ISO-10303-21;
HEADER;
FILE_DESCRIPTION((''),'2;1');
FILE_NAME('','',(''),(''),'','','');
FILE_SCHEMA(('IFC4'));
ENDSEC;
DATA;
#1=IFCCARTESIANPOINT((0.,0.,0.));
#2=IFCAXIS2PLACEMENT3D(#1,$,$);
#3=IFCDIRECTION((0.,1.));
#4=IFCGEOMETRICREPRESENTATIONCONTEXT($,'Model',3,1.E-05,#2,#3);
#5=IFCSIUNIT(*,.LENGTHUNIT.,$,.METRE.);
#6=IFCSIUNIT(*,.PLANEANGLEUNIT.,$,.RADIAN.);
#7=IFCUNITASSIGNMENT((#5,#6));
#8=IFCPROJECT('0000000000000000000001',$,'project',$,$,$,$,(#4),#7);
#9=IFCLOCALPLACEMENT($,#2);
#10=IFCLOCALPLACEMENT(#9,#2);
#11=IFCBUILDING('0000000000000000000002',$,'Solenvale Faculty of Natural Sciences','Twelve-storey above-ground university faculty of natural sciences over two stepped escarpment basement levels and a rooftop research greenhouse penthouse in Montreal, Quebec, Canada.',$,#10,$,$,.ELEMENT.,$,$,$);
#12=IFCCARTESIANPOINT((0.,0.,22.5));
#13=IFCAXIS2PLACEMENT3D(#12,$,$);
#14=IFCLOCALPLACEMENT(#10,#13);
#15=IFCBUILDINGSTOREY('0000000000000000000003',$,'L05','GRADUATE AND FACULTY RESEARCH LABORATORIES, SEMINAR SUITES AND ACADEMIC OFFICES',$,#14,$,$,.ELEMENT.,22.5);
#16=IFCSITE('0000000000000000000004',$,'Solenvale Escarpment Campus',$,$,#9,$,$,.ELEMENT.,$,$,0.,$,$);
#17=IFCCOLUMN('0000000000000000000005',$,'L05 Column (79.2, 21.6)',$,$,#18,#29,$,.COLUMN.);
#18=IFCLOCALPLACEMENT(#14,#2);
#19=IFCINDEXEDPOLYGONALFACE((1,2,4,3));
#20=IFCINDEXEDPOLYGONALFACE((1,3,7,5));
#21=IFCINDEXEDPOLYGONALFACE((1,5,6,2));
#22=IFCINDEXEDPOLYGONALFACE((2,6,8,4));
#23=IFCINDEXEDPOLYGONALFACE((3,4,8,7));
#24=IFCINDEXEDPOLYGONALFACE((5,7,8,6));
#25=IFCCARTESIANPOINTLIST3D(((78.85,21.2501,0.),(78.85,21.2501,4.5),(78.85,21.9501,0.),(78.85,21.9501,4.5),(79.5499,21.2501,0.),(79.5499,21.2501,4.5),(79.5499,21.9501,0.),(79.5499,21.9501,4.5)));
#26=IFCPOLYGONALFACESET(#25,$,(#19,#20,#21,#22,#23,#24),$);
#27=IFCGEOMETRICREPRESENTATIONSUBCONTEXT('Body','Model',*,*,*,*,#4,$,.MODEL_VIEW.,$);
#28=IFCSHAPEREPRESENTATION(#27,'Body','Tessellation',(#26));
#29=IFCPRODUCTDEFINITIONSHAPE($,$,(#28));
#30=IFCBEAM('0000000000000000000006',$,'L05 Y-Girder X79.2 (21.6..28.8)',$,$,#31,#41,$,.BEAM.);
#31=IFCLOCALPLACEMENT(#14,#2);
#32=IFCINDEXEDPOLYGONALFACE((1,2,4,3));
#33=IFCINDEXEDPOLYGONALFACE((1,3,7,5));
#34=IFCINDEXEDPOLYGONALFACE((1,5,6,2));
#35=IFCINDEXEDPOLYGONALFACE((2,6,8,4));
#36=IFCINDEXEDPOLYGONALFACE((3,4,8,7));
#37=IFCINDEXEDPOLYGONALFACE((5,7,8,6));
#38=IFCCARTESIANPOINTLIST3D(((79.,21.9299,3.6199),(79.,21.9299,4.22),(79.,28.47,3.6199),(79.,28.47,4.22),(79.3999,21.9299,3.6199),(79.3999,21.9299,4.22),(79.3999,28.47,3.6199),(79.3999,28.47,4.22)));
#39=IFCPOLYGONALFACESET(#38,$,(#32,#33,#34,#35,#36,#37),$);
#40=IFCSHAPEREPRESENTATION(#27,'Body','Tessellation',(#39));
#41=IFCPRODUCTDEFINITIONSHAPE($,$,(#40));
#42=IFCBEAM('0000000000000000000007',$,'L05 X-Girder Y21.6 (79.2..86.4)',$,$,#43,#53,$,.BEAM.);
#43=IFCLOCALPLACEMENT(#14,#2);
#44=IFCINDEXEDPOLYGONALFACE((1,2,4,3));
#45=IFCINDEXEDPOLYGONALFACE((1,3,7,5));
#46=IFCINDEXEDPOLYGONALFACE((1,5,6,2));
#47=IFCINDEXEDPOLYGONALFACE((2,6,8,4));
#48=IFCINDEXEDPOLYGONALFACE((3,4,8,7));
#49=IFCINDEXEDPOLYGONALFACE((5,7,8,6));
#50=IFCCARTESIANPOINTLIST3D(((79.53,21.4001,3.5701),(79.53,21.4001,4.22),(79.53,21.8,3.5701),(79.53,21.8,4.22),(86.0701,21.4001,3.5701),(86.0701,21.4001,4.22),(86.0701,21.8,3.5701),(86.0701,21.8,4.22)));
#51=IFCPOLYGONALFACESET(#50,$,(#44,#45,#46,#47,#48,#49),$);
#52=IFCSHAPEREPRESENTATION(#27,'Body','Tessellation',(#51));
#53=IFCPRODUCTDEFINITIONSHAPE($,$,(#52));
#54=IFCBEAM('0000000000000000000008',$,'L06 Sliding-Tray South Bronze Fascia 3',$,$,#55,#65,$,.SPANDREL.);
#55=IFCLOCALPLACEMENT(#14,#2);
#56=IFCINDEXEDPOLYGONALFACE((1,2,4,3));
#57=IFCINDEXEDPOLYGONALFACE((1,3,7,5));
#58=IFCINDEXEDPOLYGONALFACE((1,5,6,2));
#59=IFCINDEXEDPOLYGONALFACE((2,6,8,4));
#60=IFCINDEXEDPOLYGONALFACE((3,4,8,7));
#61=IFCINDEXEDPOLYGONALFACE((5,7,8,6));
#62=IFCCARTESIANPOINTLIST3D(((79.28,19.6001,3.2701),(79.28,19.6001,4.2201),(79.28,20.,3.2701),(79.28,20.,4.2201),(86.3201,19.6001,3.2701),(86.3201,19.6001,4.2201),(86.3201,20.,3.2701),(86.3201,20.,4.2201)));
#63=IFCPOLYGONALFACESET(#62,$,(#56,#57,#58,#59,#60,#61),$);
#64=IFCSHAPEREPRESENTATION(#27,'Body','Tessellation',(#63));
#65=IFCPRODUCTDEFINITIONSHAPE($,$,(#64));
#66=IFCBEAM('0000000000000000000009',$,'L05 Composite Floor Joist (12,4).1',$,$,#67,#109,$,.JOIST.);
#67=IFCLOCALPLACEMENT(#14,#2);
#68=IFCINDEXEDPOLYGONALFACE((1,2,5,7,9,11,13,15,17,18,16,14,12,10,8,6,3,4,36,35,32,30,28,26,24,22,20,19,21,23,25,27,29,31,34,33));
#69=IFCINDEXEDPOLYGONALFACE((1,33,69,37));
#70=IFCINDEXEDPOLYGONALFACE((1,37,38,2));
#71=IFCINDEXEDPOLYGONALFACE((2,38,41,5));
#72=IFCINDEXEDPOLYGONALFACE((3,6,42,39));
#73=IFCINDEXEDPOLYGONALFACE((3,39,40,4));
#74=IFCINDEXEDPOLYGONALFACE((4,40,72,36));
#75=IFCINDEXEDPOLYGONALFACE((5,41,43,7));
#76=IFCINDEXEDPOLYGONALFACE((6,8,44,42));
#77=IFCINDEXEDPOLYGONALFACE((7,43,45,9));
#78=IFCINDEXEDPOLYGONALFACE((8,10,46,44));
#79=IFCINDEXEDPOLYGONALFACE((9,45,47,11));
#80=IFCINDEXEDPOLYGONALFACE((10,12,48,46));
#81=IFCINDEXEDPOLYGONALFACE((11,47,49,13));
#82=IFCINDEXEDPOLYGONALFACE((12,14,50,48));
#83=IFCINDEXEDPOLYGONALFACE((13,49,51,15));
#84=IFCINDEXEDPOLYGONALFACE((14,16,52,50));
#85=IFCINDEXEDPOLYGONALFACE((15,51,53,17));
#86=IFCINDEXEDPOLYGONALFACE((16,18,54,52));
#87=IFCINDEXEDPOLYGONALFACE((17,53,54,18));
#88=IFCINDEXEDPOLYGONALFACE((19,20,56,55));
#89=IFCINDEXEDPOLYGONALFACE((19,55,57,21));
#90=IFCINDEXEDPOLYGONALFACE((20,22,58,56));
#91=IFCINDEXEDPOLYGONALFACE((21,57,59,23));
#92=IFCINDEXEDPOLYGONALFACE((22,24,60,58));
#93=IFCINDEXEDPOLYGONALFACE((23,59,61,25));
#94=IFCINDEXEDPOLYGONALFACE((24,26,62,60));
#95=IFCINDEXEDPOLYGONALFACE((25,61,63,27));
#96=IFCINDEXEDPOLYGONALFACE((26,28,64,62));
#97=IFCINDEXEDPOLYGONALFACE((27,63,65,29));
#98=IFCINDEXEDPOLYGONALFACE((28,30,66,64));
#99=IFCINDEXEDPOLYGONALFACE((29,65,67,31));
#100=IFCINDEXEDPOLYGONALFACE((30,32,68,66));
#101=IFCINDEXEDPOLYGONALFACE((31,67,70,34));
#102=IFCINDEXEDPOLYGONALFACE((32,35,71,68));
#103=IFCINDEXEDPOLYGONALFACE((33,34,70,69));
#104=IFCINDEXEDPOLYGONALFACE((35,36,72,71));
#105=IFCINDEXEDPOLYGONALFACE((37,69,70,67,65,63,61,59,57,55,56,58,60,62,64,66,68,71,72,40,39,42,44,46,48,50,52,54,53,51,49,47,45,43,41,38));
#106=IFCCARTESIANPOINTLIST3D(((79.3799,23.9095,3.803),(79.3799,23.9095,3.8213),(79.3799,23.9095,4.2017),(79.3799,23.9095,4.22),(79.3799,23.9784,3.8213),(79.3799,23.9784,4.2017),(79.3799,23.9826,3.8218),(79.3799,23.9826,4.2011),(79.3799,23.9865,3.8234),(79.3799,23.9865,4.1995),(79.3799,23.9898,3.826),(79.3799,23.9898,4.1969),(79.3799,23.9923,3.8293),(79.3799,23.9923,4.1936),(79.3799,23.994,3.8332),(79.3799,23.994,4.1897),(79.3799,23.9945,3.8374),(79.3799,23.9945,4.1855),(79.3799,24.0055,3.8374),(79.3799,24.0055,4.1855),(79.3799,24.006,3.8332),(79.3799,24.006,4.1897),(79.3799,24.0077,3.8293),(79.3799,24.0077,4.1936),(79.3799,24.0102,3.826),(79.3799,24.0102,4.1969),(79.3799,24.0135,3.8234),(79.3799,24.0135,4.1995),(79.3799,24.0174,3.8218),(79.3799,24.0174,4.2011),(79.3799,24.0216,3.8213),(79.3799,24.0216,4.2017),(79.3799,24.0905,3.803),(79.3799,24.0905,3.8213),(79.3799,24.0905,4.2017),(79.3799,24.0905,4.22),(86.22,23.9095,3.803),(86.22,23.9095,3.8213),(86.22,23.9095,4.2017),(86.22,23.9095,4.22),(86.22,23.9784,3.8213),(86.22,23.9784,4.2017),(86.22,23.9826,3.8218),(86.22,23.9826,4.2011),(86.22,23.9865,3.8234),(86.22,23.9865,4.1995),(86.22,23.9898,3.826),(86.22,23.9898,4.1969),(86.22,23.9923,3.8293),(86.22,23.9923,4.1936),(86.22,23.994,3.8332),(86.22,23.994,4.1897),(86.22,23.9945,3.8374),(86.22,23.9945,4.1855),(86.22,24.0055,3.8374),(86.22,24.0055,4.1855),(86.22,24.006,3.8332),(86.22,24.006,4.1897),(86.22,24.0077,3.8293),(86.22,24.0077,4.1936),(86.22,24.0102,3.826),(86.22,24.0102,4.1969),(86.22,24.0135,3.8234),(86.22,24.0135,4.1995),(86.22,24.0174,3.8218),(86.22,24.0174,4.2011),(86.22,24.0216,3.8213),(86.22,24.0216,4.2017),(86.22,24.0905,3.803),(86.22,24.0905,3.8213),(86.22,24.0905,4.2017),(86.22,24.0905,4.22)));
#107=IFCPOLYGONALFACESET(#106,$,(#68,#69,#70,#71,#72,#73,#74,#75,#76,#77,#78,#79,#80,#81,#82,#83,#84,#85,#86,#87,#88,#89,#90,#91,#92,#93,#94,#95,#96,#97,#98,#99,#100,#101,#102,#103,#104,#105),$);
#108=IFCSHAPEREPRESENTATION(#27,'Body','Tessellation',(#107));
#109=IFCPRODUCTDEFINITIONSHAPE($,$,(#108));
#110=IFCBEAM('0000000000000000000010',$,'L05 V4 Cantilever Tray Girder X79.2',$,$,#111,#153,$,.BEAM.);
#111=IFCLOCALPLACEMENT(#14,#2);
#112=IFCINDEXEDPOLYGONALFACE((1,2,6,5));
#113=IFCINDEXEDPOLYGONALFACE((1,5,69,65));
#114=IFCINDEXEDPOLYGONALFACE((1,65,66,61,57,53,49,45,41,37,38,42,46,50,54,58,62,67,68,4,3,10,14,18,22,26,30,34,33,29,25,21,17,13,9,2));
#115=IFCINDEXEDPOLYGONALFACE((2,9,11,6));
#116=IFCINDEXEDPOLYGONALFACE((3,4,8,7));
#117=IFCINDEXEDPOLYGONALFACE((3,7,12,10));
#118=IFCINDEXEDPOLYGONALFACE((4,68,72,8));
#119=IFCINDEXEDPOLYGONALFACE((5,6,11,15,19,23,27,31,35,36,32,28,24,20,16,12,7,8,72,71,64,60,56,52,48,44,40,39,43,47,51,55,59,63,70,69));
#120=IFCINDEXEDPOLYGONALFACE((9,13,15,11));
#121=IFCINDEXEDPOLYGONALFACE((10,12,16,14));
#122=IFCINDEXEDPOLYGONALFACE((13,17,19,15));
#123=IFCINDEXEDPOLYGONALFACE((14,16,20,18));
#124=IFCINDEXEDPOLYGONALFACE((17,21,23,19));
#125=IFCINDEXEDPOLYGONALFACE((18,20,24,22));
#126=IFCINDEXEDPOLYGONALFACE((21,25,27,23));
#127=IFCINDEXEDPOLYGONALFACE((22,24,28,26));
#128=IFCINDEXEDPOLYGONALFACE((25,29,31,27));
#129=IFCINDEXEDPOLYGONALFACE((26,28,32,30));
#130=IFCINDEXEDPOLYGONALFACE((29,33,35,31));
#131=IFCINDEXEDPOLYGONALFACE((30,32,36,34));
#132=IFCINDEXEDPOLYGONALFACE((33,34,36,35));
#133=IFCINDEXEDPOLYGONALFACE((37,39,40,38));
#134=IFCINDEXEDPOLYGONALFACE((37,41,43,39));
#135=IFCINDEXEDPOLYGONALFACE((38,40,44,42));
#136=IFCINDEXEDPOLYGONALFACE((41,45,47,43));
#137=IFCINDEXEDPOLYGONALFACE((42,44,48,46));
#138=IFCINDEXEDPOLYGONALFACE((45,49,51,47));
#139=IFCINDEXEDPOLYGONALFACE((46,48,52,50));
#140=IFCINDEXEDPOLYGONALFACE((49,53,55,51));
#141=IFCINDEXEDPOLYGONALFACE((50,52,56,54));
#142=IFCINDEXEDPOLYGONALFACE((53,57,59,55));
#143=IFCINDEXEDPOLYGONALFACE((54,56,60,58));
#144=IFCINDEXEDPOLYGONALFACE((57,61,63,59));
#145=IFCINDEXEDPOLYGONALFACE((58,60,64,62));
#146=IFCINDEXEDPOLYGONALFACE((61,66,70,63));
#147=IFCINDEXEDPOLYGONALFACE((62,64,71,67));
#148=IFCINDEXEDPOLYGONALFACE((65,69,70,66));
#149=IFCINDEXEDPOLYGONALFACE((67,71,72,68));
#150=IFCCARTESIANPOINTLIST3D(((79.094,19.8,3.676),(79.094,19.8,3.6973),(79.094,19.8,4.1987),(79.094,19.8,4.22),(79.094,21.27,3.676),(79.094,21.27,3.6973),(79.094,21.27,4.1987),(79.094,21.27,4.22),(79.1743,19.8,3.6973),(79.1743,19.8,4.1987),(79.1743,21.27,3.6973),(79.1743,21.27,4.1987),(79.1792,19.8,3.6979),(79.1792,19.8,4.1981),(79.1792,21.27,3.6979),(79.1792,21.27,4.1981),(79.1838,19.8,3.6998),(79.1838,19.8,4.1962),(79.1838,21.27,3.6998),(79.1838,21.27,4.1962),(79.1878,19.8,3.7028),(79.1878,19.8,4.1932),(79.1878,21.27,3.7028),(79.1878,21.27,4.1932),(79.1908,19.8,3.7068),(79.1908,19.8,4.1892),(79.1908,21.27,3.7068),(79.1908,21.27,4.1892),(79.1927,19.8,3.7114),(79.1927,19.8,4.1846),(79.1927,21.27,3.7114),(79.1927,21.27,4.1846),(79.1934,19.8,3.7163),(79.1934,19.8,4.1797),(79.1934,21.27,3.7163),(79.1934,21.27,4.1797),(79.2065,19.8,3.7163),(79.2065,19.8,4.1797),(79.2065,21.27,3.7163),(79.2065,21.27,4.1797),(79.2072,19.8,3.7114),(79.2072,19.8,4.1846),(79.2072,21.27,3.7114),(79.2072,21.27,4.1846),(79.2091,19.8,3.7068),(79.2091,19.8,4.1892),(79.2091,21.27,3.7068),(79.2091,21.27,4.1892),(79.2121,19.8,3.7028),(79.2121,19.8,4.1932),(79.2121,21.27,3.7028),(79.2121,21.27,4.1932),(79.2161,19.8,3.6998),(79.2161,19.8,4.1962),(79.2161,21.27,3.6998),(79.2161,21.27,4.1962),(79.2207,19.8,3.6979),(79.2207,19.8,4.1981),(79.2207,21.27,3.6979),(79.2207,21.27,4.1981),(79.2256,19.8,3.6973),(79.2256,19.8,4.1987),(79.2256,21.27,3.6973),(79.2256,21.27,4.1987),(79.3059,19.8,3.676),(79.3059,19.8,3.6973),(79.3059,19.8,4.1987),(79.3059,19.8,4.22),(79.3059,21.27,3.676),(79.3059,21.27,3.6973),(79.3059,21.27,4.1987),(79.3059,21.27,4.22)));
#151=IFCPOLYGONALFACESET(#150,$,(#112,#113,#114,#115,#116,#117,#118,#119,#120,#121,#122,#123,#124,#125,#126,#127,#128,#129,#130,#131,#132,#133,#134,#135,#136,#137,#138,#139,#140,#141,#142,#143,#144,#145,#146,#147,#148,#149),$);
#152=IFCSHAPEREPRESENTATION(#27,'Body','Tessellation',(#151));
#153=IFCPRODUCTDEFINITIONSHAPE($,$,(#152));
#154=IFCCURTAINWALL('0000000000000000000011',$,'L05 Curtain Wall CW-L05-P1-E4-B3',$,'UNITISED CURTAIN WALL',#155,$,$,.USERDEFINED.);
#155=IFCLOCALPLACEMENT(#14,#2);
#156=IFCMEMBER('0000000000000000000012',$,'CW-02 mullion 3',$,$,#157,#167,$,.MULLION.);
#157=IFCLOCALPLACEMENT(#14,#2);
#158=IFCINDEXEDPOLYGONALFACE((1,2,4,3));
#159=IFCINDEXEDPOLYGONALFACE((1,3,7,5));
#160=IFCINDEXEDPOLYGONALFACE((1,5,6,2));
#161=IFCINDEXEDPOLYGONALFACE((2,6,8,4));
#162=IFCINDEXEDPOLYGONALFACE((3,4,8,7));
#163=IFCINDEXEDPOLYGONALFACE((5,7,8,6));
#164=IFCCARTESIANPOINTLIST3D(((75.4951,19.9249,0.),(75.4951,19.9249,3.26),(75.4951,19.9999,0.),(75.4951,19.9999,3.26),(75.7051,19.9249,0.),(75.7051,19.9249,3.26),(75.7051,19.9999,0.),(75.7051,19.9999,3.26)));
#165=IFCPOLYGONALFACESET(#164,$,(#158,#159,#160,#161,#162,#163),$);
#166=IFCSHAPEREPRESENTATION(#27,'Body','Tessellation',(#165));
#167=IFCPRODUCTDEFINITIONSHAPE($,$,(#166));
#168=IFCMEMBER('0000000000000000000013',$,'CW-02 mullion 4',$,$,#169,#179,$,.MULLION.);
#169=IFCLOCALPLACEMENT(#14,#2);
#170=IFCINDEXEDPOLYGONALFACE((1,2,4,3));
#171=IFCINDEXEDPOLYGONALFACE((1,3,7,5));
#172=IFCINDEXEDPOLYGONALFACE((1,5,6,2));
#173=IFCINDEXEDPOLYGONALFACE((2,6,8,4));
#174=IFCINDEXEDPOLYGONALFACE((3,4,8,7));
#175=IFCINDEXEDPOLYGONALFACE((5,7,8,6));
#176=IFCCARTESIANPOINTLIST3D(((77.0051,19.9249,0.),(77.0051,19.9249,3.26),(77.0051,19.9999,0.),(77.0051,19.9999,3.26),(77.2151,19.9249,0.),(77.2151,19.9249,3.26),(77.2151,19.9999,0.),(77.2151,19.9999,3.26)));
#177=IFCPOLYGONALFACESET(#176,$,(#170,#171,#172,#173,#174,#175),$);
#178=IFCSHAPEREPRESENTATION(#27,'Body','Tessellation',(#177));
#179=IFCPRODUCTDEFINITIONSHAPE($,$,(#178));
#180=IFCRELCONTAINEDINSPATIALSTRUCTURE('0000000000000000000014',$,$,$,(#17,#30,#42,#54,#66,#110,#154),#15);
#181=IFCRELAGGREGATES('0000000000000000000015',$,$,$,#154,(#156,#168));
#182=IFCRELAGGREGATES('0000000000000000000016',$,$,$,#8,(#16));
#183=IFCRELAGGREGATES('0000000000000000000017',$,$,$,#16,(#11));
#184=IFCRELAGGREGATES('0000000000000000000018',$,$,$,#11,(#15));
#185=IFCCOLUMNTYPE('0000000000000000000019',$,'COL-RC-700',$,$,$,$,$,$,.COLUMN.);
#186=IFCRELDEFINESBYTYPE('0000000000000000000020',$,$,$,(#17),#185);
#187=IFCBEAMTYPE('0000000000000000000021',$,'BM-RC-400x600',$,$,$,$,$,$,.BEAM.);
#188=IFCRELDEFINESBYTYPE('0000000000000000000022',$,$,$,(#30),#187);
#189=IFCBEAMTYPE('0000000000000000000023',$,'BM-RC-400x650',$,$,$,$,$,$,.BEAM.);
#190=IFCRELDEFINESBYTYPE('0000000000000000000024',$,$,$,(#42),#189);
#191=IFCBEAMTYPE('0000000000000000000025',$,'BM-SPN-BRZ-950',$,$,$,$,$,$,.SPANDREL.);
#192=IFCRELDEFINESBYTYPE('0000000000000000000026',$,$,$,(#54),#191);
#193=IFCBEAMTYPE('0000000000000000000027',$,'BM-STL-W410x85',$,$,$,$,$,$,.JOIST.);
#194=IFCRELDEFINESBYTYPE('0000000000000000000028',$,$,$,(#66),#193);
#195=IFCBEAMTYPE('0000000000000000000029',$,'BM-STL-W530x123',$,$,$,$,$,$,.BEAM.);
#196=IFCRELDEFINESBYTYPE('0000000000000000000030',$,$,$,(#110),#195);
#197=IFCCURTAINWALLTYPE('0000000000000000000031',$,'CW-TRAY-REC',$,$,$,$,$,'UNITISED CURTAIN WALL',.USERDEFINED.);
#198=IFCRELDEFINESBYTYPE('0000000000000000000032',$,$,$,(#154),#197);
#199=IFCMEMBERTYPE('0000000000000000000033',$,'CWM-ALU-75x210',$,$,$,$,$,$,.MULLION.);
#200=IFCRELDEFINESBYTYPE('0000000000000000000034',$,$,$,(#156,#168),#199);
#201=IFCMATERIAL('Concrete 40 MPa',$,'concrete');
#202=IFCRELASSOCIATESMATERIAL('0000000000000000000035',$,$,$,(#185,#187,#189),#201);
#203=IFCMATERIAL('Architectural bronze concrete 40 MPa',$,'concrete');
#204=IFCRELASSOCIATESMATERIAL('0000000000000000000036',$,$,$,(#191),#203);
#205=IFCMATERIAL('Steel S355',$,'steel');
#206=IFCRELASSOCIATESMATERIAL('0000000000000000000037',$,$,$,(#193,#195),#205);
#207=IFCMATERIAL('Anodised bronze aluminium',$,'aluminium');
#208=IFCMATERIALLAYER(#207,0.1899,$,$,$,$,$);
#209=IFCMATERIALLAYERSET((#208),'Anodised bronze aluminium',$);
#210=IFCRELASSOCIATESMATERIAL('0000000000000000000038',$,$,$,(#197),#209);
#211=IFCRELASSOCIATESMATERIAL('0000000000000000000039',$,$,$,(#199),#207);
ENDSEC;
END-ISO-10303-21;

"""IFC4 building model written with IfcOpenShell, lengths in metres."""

from ifc_helpers import new_model, si_unit, direction, frame, origin, origin_2d, place, context, subcontext, project, spatial, rectangle, i_section, extrude, material, layer, layer_set, material_profile, profile_set, type_object, element, aggregate, save


model = new_model("IFC4")

# Units and contexts
model_context = context("Model", 3, precision=1e-05, world=origin(), true_north=direction((0.0, 1.0)))
body_context = subcontext(model_context, "Body", "Model", "MODEL_VIEW")
ifc_project = project(units=[si_unit("LENGTHUNIT", "METRE"), si_unit("PLANEANGLEUNIT", "RADIAN")], contexts=[model_context])

# Site, building, storey
site_placement = place(None, origin())
site = spatial("IfcSite", under=ifc_project, at=site_placement, Name="Solenvale Escarpment Campus", CompositionType="ELEMENT", RefElevation=0.0)
building_placement = place(site_placement, origin())
building = spatial("IfcBuilding", under=site, at=building_placement, Name="Solenvale Faculty of Natural Sciences", Description="Twelve-storey above-ground university faculty of natural sciences over two stepped escarpment basement levels and a rooftop research greenhouse penthouse in Montreal, Quebec, Canada.", CompositionType="ELEMENT")
storey_placement = place(building_placement, frame((0.0, 0.0, 22.5)))
storey = spatial("IfcBuildingStorey", under=building, at=storey_placement, Name="L05", Description="GRADUATE AND FACULTY RESEARCH LABORATORIES, SEMINAR SUITES AND ACADEMIC OFFICES", CompositionType="ELEMENT", Elevation=22.5)

# Column
ifc_material_1 = material(Name="Concrete 40 MPa", Category="concrete")
ifc_material_profile_1 = material_profile(ifc_material_1, rectangle(XDim=0.7, YDim=0.7, at=origin_2d()), Name="RC-COL-700x700")
ifc_profile_set_1 = profile_set([ifc_material_profile_1], Name="Concrete 40 MPa")
column_type = type_object("IfcColumnType", Name="COL-RC-700", PredefinedType="COLUMN", material=ifc_profile_set_1)
column_placement = place(storey_placement, frame((79.2, 21.6001, 0.0), z_axis=(0.0, 0.0, 1.0), x_axis=(1.0, 0.0, 0.0)))
element("IfcColumn", 1, at=column_placement, inside=storey, type_object=column_type, Name="L05 Column (79.2, 21.6)", PredefinedType="COLUMN", context=body_context, shape_type="SweptSolid", body=[
    extrude(rectangle(XDim=0.7, YDim=0.7, at=origin_2d()), origin(), (0.0, 0.0, 1.0), 4.5),
])

# Beams
ifc_material_profile_2 = material_profile(ifc_material_1, rectangle(XDim=0.3999, YDim=0.6001, at=origin_2d()), Name="RC-BM-400x600")
ifc_profile_set_2 = profile_set([ifc_material_profile_2], Name="Concrete 40 MPa")
beam_type_1 = type_object("IfcBeamType", Name="BM-RC-400x600", PredefinedType="BEAM", material=ifc_profile_set_2)
beam_1_placement = place(storey_placement, frame((79.2, 21.9299, 3.9199), z_axis=(0.0, 1.0, 0.0), x_axis=(-1.0, 0.0, 0.0)))
element("IfcBeam", 2, at=beam_1_placement, inside=storey, type_object=beam_type_1, Name="L05 Y-Girder X79.2 (21.6..28.8)", PredefinedType="BEAM", context=body_context, shape_type="SweptSolid", body=[
    extrude(rectangle(XDim=0.3999, YDim=0.6001, at=origin_2d()), origin(), (0.0, 0.0, 1.0), 6.54),
])
ifc_material_profile_3 = material_profile(ifc_material_1, rectangle(XDim=0.3999, YDim=0.6499, at=origin_2d()), Name="RC-BM-400x650")
ifc_profile_set_3 = profile_set([ifc_material_profile_3], Name="Concrete 40 MPa")
beam_type_2 = type_object("IfcBeamType", Name="BM-RC-400x650", PredefinedType="BEAM", material=ifc_profile_set_3)
beam_2_placement = place(storey_placement, frame((79.53, 21.6001, 3.895), z_axis=(1.0, 0.0, 0.0), x_axis=(0.0, 1.0, 0.0)))
element("IfcBeam", 3, at=beam_2_placement, inside=storey, type_object=beam_type_2, Name="L05 X-Girder Y21.6 (79.2..86.4)", PredefinedType="BEAM", context=body_context, shape_type="SweptSolid", body=[
    extrude(rectangle(XDim=0.3999, YDim=0.6499, at=origin_2d()), origin(), (0.0, 0.0, 1.0), 6.54),
])
ifc_material_2 = material(Name="Architectural bronze concrete 40 MPa", Category="concrete")
ifc_material_profile_4 = material_profile(ifc_material_2, rectangle(XDim=0.3999, YDim=0.95, at=origin_2d()), Name="RC-SPN-400x950")
ifc_profile_set_4 = profile_set([ifc_material_profile_4], Name="Architectural bronze concrete 40 MPa")
beam_type_3 = type_object("IfcBeamType", Name="BM-SPN-BRZ-950", PredefinedType="SPANDREL", material=ifc_profile_set_4)
beam_3_placement = place(storey_placement, frame((79.28, 19.8, 3.7451), z_axis=(1.0, 0.0, 0.0), x_axis=(0.0, 1.0, 0.0)))
element("IfcBeam", 4, at=beam_3_placement, inside=storey, type_object=beam_type_3, Name="L06 Sliding-Tray South Bronze Fascia 3", PredefinedType="SPANDREL", context=body_context, shape_type="SweptSolid", body=[
    extrude(rectangle(XDim=0.3999, YDim=0.95, at=origin_2d()), origin(), (0.0, 0.0, 1.0), 7.04),
])
ifc_material_3 = material(Name="Steel S355", Category="steel")
ifc_material_profile_5 = material_profile(ifc_material_3, i_section(OverallWidth=0.1809, OverallDepth=0.417, WebThickness=0.011, FlangeThickness=0.0183, FilletRadius=0.0161, at=origin_2d()), Name="W410x85")
ifc_profile_set_5 = profile_set([ifc_material_profile_5], Name="Steel S355")
beam_type_4 = type_object("IfcBeamType", Name="BM-STL-W410x85", PredefinedType="JOIST", material=ifc_profile_set_5)
beam_4_placement = place(storey_placement, frame((79.3799, 24.0, 4.0115), z_axis=(1.0, 0.0, 0.0), x_axis=(0.0, 1.0, 0.0)))
element("IfcBeam", 5, at=beam_4_placement, inside=storey, type_object=beam_type_4, Name="L05 Composite Floor Joist (12,4).1", PredefinedType="JOIST", context=body_context, shape_type="SweptSolid", body=[
    extrude(i_section(OverallWidth=0.1809, OverallDepth=0.417, WebThickness=0.011, FlangeThickness=0.0183, FilletRadius=0.0161, at=origin_2d()), origin(), (0.0, 0.0, 1.0), 6.8401),
])
ifc_material_profile_6 = material_profile(ifc_material_3, i_section(OverallWidth=0.2119, OverallDepth=0.5439, WebThickness=0.0132, FlangeThickness=0.0212, FilletRadius=0.019, at=origin_2d()), Name="W530x123")
ifc_profile_set_6 = profile_set([ifc_material_profile_6], Name="Steel S355")
beam_type_5 = type_object("IfcBeamType", Name="BM-STL-W530x123", PredefinedType="BEAM", material=ifc_profile_set_6)
beam_5_placement = place(storey_placement, frame((79.2, 21.27, 3.948), z_axis=(0.0, -1.0, 0.0), x_axis=(1.0, 0.0, 0.0)))
element("IfcBeam", 6, at=beam_5_placement, inside=storey, type_object=beam_type_5, Name="L05 V4 Cantilever Tray Girder X79.2", PredefinedType="BEAM", context=body_context, shape_type="SweptSolid", body=[
    extrude(i_section(OverallWidth=0.2119, OverallDepth=0.5439, WebThickness=0.0132, FlangeThickness=0.0212, FilletRadius=0.019, at=origin_2d()), origin(), (0.0, 0.0, 1.0), 1.47),
])

# Curtain wall, members
ifc_material_4 = material(Name="Anodised bronze aluminium", Category="aluminium")
ifc_layer_1 = layer(ifc_material_4, 0.1899)
ifc_layer_set_1 = layer_set([ifc_layer_1], Name="Anodised bronze aluminium")
curtain_wall_type = type_object("IfcCurtainWallType", Name="CW-TRAY-REC", ElementType="UNITISED CURTAIN WALL", PredefinedType="USERDEFINED", material=ifc_layer_set_1)
curtain_wall_1_placement = place(storey_placement, origin())
curtain_wall_1 = element("IfcCurtainWall", 7, at=curtain_wall_1_placement, inside=storey, type_object=curtain_wall_type, Name="L05 Curtain Wall CW-L05-P1-E4-B3", ObjectType="UNITISED CURTAIN WALL", PredefinedType="USERDEFINED")
ifc_material_profile_7 = material_profile(ifc_material_4, rectangle(XDim=0.075, YDim=0.21, at=origin_2d()), Name="ALU-MUL-75x210")
ifc_profile_set_7 = profile_set([ifc_material_profile_7], Name="Anodised bronze aluminium")
member_type_1 = type_object("IfcMemberType", Name="CWM-ALU-75x210", PredefinedType="MULLION", material=ifc_profile_set_7)
member_1_placement = place(storey_placement, frame((75.6001, 19.9624, 0.0), z_axis=(0.0, 0.0, 1.0), x_axis=(0.0, 1.0, 0.0)))
member_1 = element("IfcMember", 8, at=member_1_placement, type_object=member_type_1, Name="CW-02 mullion 3", PredefinedType="MULLION", context=body_context, shape_type="SweptSolid", body=[
    extrude(rectangle(XDim=0.075, YDim=0.21, at=origin_2d()), origin(), (0.0, 0.0, 1.0), 3.26),
])
member_2_placement = place(storey_placement, frame((77.1101, 19.9624, 0.0), z_axis=(0.0, 0.0, 1.0), x_axis=(0.0, 1.0, 0.0)))
member_2 = element("IfcMember", 9, at=member_2_placement, type_object=member_type_1, Name="CW-02 mullion 4", PredefinedType="MULLION", context=body_context, shape_type="SweptSolid", body=[
    extrude(rectangle(XDim=0.075, YDim=0.21, at=origin_2d()), origin(), (0.0, 0.0, 1.0), 3.26),
])

aggregate(curtain_wall_1, [member_1, member_2])

save(model, "model.ifc")
